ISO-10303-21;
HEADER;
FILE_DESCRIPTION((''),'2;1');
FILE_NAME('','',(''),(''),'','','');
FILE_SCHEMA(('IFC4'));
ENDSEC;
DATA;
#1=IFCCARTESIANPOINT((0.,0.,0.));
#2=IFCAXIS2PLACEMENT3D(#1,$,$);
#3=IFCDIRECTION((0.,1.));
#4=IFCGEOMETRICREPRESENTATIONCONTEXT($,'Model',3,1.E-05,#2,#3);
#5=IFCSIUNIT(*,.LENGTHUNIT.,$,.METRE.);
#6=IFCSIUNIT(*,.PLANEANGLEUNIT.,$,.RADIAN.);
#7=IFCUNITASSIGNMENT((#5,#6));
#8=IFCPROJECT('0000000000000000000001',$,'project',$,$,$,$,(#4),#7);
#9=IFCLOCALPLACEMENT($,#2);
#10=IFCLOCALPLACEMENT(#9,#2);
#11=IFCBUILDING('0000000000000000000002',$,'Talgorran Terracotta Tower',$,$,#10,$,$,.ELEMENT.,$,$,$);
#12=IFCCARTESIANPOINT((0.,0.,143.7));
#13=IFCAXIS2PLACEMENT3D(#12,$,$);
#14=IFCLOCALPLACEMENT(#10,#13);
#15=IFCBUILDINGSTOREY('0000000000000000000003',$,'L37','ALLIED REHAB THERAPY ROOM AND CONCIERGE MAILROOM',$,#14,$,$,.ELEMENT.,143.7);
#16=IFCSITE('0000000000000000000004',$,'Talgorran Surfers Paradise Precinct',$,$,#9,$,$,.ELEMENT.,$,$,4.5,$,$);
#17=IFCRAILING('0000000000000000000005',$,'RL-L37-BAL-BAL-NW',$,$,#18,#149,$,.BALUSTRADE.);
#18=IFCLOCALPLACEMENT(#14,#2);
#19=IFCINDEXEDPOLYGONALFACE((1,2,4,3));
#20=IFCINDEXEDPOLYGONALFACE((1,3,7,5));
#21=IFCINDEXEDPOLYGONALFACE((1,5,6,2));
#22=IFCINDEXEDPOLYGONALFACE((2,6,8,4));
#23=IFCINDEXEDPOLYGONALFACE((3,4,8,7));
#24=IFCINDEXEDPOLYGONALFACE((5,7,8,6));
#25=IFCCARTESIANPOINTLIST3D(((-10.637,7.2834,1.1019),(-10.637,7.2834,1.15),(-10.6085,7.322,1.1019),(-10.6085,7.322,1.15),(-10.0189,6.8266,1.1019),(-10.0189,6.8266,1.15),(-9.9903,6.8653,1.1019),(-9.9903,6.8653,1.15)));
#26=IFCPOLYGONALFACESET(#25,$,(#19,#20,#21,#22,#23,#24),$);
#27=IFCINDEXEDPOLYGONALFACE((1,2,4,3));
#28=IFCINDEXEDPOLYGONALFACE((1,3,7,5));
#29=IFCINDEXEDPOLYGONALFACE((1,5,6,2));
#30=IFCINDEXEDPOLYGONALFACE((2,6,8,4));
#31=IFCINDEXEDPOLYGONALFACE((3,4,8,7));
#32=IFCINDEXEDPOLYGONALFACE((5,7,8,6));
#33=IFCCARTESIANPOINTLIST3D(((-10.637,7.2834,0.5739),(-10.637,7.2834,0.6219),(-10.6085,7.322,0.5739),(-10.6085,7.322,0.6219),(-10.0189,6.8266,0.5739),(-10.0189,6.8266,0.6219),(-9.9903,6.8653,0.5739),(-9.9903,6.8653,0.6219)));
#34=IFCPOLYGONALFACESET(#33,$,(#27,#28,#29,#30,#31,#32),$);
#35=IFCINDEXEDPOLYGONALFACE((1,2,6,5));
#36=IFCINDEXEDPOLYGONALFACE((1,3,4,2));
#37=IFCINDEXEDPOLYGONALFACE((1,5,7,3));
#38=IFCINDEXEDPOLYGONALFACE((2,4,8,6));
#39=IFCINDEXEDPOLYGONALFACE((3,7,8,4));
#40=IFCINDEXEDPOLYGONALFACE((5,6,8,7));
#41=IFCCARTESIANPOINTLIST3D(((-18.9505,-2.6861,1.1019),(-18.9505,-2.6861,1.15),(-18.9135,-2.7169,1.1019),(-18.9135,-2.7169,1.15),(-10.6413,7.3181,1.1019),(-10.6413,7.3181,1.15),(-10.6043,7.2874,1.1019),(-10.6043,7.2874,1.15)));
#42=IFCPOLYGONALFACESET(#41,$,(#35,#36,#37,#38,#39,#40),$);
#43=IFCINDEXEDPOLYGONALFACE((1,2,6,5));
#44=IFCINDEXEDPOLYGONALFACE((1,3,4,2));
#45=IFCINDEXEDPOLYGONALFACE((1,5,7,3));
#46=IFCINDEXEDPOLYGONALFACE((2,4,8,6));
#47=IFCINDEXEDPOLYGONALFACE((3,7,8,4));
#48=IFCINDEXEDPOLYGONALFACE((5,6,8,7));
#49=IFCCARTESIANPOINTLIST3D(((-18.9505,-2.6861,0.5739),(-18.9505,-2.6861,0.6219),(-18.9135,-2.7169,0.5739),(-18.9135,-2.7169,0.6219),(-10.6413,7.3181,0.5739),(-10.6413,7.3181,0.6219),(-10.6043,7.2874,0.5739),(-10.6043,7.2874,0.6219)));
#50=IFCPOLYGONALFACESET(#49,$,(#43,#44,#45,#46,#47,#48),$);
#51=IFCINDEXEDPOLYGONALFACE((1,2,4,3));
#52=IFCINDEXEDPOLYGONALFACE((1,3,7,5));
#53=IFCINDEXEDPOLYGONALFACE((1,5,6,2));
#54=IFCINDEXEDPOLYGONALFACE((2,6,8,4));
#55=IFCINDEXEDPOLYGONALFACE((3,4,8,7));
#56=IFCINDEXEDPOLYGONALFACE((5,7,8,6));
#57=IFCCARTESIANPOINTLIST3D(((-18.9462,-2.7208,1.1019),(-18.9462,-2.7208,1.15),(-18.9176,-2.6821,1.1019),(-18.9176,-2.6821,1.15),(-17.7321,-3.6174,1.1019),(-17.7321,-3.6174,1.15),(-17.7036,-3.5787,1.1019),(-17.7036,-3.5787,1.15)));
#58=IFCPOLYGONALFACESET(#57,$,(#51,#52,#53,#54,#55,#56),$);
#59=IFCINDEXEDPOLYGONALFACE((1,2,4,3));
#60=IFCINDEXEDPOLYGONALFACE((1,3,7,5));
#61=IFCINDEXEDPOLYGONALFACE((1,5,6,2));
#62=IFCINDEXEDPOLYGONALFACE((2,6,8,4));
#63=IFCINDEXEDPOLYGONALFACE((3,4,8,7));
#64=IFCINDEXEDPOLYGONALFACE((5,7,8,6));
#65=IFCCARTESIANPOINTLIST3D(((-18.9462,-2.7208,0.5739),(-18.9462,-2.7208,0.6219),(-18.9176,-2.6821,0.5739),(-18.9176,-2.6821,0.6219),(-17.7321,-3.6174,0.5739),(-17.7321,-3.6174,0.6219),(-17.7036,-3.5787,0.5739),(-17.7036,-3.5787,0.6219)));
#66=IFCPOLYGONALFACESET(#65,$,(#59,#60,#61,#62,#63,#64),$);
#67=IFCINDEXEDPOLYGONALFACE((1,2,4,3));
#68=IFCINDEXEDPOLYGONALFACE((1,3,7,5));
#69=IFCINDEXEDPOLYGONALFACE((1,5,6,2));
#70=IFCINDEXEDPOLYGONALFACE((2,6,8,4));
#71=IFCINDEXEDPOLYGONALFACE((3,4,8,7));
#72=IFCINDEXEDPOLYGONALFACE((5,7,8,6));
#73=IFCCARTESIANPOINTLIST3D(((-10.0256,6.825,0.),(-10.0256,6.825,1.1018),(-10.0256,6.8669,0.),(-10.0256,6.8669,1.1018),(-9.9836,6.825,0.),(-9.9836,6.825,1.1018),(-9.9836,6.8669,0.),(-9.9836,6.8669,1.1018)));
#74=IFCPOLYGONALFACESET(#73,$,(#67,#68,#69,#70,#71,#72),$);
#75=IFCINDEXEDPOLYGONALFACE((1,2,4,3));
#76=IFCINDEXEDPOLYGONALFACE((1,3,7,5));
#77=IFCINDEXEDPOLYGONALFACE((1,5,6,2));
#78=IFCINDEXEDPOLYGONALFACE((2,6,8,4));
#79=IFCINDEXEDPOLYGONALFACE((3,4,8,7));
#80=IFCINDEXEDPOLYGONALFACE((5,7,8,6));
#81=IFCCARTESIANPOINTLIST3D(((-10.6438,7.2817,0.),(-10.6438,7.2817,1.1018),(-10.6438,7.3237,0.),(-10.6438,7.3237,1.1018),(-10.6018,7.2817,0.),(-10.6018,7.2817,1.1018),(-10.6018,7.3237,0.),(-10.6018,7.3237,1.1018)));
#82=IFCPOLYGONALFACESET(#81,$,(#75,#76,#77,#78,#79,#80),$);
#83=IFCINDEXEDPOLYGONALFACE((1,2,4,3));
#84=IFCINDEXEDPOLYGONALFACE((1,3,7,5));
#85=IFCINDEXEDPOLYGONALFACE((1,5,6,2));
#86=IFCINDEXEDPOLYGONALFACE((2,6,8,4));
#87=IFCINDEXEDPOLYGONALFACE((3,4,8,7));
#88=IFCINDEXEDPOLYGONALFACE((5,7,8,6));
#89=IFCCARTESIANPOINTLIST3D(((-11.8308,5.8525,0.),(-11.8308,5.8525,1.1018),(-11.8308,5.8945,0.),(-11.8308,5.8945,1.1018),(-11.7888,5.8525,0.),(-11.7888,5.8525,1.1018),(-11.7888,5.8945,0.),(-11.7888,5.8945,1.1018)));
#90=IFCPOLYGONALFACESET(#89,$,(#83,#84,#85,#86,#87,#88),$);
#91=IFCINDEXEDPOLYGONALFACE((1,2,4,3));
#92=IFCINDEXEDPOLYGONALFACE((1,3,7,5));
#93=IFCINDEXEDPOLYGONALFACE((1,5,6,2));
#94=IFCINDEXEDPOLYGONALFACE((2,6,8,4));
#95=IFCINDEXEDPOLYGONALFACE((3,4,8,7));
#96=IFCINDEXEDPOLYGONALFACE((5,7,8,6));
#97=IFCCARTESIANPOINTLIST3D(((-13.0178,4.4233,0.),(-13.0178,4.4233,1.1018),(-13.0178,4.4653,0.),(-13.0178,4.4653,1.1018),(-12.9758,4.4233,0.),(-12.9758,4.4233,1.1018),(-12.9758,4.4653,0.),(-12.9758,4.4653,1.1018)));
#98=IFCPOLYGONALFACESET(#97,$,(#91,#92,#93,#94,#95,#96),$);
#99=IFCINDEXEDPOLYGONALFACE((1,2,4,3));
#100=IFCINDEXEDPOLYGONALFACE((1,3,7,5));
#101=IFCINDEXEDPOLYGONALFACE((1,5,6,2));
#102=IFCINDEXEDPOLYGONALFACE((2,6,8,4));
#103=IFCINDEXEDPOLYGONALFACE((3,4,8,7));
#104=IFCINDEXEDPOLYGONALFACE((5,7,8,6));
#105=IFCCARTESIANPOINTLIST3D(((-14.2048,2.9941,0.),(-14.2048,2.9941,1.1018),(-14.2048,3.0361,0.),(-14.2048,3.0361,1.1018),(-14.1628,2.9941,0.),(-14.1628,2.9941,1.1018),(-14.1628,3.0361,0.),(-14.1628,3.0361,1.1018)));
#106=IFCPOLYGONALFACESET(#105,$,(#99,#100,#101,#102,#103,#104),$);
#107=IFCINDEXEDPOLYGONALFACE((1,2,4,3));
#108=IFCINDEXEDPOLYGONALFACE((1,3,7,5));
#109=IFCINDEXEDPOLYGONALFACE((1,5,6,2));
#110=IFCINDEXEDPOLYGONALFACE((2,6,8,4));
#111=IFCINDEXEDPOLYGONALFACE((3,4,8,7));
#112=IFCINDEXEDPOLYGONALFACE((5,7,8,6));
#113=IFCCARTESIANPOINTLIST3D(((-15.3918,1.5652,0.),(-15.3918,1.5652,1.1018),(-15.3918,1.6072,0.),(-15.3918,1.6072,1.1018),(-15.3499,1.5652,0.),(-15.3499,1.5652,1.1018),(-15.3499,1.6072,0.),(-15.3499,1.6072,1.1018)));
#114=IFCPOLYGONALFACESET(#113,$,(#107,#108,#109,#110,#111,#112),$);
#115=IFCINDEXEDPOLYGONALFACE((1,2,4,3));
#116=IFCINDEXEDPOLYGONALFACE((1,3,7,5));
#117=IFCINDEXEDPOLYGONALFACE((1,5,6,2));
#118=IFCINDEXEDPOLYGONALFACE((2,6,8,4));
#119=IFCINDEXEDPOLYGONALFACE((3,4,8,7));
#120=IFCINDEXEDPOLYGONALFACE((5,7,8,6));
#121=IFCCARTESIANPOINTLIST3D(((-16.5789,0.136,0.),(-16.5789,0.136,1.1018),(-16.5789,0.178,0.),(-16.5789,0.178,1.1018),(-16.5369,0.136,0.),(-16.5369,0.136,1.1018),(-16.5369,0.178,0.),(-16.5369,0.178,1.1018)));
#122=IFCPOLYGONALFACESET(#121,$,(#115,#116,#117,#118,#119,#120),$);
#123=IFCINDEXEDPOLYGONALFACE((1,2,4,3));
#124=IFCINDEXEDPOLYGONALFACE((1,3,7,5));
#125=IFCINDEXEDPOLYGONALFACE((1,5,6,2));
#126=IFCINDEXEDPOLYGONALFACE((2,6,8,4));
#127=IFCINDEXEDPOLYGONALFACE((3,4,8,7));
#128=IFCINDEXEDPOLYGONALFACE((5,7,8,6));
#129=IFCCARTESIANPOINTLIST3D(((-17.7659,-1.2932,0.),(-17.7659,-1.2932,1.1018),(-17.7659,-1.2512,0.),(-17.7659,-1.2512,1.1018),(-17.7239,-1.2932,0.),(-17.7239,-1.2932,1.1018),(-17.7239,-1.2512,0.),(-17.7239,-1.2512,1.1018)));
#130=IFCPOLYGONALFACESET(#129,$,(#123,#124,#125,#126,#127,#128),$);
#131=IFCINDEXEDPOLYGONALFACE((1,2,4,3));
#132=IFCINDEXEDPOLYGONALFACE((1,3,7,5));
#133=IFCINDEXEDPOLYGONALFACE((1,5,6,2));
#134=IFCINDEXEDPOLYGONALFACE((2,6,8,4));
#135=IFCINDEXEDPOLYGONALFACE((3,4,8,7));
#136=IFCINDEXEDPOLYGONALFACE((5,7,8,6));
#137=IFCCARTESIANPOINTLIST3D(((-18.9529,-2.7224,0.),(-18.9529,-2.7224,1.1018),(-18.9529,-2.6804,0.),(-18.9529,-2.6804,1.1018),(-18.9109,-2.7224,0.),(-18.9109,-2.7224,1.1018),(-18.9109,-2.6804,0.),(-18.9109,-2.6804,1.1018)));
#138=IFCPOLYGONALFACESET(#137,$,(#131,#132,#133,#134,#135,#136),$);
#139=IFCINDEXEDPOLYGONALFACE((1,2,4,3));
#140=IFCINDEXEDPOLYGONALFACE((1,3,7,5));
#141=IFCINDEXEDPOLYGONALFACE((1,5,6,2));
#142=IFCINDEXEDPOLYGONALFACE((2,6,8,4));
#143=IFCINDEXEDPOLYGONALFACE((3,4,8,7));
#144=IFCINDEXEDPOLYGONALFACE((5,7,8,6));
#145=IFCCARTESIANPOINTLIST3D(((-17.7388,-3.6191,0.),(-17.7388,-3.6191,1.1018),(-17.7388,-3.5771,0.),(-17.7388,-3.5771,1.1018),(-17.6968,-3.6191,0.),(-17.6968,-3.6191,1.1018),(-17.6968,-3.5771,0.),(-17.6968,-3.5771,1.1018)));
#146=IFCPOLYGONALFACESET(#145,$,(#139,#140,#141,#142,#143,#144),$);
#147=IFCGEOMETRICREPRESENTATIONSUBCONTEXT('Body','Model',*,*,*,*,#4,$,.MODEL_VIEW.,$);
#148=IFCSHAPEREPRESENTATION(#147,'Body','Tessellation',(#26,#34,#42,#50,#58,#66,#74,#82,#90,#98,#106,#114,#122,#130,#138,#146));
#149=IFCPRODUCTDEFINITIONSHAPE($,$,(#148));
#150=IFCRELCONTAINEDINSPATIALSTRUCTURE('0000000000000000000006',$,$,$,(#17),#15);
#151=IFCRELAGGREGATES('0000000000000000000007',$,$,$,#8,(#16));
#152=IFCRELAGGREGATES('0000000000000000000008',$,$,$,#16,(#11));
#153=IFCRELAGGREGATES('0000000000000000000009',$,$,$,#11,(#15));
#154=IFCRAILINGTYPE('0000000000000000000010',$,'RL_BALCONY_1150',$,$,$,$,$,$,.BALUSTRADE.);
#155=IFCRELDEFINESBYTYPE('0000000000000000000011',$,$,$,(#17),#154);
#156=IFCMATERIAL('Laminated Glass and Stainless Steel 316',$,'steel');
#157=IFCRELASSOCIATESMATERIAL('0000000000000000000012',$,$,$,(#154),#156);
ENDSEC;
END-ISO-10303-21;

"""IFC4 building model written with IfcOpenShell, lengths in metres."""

from ifc_helpers import new_model, si_unit, direction, frame, origin, origin_2d, place, context, subcontext, project, spatial, rectangle, extrude, material, type_object, element, save


model = new_model("IFC4")

# Units and contexts
model_context = context("Model", 3, precision=1e-05, world=origin(), true_north=direction((0.0, 1.0)))
body_context = subcontext(model_context, "Body", "Model", "MODEL_VIEW")
ifc_project = project(units=[si_unit("LENGTHUNIT", "METRE"), si_unit("PLANEANGLEUNIT", "RADIAN")], contexts=[model_context])

# Site, building, storey
site_placement = place(None, origin())
site = spatial("IfcSite", under=ifc_project, at=site_placement, Name="Talgorran Surfers Paradise Precinct", CompositionType="ELEMENT", RefElevation=4.5)
building_placement = place(site_placement, origin())
building = spatial("IfcBuilding", under=site, at=building_placement, Name="Talgorran Terracotta Tower", CompositionType="ELEMENT")
storey_placement = place(building_placement, frame((0.0, 0.0, 143.7)))
storey = spatial("IfcBuildingStorey", under=building, at=storey_placement, Name="L37", Description="ALLIED REHAB THERAPY ROOM AND CONCIERGE MAILROOM", CompositionType="ELEMENT", Elevation=143.7)

# Railing
ifc_material_1 = material(Name="Laminated Glass and Stainless Steel 316", Category="steel")
railing_type = type_object("IfcRailingType", Name="RL_BALCONY_1150", PredefinedType="BALUSTRADE", material=ifc_material_1)
railing_placement = place(storey_placement, frame((-10.0046, 6.8459, 0.0)))
element("IfcRailing", 1, at=railing_placement, inside=storey, type_object=railing_type, Name="RL-L37-BAL-BAL-NW", PredefinedType="BALUSTRADE", context=body_context, shape_type="SweptSolid", body=[
    extrude(rectangle(XDim=0.0481, YDim=0.0481, at=origin_2d()), frame((0.0, 0.0, 1.126), z_axis=(-0.804249, 0.594293, 0.0), x_axis=(-0.594293, -0.804249, 0.0)), (0.0, 0.0, 1.0), 0.7686),
    extrude(rectangle(XDim=0.0481, YDim=0.0481, at=origin_2d()), frame((0.0, 0.0, 0.5979), z_axis=(-0.804249, 0.594293, 0.0), x_axis=(-0.594293, -0.804249, 0.0)), (0.0, 0.0, 1.0), 0.7686),
    extrude(rectangle(XDim=0.0481, YDim=0.0481, at=origin_2d()), frame((-0.6182, 0.4568, 1.126), z_axis=(-0.638926, -0.769268, 0.0), x_axis=(0.769268, -0.638926, 0.0)), (0.0, 0.0, 1.0), 13.0049),
    extrude(rectangle(XDim=0.0481, YDim=0.0481, at=origin_2d()), frame((-0.6182, 0.4568, 0.5979), z_axis=(-0.638926, -0.769268, 0.0), x_axis=(0.769268, -0.638926, 0.0)), (0.0, 0.0, 1.0), 13.0049),
    extrude(rectangle(XDim=0.0481, YDim=0.0481, at=origin_2d()), frame((-8.9272, -9.5474, 1.126), z_axis=(0.804385, -0.594109, 0.0), x_axis=(0.594109, 0.804385, 0.0)), (0.0, 0.0, 1.0), 1.5093),
    extrude(rectangle(XDim=0.0481, YDim=0.0481, at=origin_2d()), frame((-8.9272, -9.5474, 0.5979), z_axis=(0.804385, -0.594109, 0.0), x_axis=(0.594109, 0.804385, 0.0)), (0.0, 0.0, 1.0), 1.5093),
    extrude(rectangle(XDim=0.042, YDim=0.042, at=origin_2d()), origin(), (0.0, 0.0, 1.0), 1.1018),
    extrude(rectangle(XDim=0.042, YDim=0.042, at=origin_2d()), frame((-0.6182, 0.4568, 0.0)), (0.0, 0.0, 1.0), 1.1018),
    extrude(rectangle(XDim=0.042, YDim=0.042, at=origin_2d()), frame((-1.8052, -0.9724, 0.0)), (0.0, 0.0, 1.0), 1.1018),
    extrude(rectangle(XDim=0.042, YDim=0.042, at=origin_2d()), frame((-2.9922, -2.4016, 0.0)), (0.0, 0.0, 1.0), 1.1018),
    extrude(rectangle(XDim=0.042, YDim=0.042, at=origin_2d()), frame((-4.1792, -3.8308, 0.0)), (0.0, 0.0, 1.0), 1.1018),
    extrude(rectangle(XDim=0.042, YDim=0.042, at=origin_2d()), frame((-5.3662, -5.2598, 0.0)), (0.0, 0.0, 1.0), 1.1018),
    extrude(rectangle(XDim=0.042, YDim=0.042, at=origin_2d()), frame((-6.5532, -6.689, 0.0)), (0.0, 0.0, 1.0), 1.1018),
    extrude(rectangle(XDim=0.042, YDim=0.042, at=origin_2d()), frame((-7.7402, -8.1182, 0.0)), (0.0, 0.0, 1.0), 1.1018),
    extrude(rectangle(XDim=0.042, YDim=0.042, at=origin_2d()), frame((-8.9272, -9.5474, 0.0)), (0.0, 0.0, 1.0), 1.1018),
    extrude(rectangle(XDim=0.042, YDim=0.042, at=origin_2d()), frame((-7.7131, -10.4441, 0.0)), (0.0, 0.0, 1.0), 1.1018),
])

save(model, "model.ifc")
